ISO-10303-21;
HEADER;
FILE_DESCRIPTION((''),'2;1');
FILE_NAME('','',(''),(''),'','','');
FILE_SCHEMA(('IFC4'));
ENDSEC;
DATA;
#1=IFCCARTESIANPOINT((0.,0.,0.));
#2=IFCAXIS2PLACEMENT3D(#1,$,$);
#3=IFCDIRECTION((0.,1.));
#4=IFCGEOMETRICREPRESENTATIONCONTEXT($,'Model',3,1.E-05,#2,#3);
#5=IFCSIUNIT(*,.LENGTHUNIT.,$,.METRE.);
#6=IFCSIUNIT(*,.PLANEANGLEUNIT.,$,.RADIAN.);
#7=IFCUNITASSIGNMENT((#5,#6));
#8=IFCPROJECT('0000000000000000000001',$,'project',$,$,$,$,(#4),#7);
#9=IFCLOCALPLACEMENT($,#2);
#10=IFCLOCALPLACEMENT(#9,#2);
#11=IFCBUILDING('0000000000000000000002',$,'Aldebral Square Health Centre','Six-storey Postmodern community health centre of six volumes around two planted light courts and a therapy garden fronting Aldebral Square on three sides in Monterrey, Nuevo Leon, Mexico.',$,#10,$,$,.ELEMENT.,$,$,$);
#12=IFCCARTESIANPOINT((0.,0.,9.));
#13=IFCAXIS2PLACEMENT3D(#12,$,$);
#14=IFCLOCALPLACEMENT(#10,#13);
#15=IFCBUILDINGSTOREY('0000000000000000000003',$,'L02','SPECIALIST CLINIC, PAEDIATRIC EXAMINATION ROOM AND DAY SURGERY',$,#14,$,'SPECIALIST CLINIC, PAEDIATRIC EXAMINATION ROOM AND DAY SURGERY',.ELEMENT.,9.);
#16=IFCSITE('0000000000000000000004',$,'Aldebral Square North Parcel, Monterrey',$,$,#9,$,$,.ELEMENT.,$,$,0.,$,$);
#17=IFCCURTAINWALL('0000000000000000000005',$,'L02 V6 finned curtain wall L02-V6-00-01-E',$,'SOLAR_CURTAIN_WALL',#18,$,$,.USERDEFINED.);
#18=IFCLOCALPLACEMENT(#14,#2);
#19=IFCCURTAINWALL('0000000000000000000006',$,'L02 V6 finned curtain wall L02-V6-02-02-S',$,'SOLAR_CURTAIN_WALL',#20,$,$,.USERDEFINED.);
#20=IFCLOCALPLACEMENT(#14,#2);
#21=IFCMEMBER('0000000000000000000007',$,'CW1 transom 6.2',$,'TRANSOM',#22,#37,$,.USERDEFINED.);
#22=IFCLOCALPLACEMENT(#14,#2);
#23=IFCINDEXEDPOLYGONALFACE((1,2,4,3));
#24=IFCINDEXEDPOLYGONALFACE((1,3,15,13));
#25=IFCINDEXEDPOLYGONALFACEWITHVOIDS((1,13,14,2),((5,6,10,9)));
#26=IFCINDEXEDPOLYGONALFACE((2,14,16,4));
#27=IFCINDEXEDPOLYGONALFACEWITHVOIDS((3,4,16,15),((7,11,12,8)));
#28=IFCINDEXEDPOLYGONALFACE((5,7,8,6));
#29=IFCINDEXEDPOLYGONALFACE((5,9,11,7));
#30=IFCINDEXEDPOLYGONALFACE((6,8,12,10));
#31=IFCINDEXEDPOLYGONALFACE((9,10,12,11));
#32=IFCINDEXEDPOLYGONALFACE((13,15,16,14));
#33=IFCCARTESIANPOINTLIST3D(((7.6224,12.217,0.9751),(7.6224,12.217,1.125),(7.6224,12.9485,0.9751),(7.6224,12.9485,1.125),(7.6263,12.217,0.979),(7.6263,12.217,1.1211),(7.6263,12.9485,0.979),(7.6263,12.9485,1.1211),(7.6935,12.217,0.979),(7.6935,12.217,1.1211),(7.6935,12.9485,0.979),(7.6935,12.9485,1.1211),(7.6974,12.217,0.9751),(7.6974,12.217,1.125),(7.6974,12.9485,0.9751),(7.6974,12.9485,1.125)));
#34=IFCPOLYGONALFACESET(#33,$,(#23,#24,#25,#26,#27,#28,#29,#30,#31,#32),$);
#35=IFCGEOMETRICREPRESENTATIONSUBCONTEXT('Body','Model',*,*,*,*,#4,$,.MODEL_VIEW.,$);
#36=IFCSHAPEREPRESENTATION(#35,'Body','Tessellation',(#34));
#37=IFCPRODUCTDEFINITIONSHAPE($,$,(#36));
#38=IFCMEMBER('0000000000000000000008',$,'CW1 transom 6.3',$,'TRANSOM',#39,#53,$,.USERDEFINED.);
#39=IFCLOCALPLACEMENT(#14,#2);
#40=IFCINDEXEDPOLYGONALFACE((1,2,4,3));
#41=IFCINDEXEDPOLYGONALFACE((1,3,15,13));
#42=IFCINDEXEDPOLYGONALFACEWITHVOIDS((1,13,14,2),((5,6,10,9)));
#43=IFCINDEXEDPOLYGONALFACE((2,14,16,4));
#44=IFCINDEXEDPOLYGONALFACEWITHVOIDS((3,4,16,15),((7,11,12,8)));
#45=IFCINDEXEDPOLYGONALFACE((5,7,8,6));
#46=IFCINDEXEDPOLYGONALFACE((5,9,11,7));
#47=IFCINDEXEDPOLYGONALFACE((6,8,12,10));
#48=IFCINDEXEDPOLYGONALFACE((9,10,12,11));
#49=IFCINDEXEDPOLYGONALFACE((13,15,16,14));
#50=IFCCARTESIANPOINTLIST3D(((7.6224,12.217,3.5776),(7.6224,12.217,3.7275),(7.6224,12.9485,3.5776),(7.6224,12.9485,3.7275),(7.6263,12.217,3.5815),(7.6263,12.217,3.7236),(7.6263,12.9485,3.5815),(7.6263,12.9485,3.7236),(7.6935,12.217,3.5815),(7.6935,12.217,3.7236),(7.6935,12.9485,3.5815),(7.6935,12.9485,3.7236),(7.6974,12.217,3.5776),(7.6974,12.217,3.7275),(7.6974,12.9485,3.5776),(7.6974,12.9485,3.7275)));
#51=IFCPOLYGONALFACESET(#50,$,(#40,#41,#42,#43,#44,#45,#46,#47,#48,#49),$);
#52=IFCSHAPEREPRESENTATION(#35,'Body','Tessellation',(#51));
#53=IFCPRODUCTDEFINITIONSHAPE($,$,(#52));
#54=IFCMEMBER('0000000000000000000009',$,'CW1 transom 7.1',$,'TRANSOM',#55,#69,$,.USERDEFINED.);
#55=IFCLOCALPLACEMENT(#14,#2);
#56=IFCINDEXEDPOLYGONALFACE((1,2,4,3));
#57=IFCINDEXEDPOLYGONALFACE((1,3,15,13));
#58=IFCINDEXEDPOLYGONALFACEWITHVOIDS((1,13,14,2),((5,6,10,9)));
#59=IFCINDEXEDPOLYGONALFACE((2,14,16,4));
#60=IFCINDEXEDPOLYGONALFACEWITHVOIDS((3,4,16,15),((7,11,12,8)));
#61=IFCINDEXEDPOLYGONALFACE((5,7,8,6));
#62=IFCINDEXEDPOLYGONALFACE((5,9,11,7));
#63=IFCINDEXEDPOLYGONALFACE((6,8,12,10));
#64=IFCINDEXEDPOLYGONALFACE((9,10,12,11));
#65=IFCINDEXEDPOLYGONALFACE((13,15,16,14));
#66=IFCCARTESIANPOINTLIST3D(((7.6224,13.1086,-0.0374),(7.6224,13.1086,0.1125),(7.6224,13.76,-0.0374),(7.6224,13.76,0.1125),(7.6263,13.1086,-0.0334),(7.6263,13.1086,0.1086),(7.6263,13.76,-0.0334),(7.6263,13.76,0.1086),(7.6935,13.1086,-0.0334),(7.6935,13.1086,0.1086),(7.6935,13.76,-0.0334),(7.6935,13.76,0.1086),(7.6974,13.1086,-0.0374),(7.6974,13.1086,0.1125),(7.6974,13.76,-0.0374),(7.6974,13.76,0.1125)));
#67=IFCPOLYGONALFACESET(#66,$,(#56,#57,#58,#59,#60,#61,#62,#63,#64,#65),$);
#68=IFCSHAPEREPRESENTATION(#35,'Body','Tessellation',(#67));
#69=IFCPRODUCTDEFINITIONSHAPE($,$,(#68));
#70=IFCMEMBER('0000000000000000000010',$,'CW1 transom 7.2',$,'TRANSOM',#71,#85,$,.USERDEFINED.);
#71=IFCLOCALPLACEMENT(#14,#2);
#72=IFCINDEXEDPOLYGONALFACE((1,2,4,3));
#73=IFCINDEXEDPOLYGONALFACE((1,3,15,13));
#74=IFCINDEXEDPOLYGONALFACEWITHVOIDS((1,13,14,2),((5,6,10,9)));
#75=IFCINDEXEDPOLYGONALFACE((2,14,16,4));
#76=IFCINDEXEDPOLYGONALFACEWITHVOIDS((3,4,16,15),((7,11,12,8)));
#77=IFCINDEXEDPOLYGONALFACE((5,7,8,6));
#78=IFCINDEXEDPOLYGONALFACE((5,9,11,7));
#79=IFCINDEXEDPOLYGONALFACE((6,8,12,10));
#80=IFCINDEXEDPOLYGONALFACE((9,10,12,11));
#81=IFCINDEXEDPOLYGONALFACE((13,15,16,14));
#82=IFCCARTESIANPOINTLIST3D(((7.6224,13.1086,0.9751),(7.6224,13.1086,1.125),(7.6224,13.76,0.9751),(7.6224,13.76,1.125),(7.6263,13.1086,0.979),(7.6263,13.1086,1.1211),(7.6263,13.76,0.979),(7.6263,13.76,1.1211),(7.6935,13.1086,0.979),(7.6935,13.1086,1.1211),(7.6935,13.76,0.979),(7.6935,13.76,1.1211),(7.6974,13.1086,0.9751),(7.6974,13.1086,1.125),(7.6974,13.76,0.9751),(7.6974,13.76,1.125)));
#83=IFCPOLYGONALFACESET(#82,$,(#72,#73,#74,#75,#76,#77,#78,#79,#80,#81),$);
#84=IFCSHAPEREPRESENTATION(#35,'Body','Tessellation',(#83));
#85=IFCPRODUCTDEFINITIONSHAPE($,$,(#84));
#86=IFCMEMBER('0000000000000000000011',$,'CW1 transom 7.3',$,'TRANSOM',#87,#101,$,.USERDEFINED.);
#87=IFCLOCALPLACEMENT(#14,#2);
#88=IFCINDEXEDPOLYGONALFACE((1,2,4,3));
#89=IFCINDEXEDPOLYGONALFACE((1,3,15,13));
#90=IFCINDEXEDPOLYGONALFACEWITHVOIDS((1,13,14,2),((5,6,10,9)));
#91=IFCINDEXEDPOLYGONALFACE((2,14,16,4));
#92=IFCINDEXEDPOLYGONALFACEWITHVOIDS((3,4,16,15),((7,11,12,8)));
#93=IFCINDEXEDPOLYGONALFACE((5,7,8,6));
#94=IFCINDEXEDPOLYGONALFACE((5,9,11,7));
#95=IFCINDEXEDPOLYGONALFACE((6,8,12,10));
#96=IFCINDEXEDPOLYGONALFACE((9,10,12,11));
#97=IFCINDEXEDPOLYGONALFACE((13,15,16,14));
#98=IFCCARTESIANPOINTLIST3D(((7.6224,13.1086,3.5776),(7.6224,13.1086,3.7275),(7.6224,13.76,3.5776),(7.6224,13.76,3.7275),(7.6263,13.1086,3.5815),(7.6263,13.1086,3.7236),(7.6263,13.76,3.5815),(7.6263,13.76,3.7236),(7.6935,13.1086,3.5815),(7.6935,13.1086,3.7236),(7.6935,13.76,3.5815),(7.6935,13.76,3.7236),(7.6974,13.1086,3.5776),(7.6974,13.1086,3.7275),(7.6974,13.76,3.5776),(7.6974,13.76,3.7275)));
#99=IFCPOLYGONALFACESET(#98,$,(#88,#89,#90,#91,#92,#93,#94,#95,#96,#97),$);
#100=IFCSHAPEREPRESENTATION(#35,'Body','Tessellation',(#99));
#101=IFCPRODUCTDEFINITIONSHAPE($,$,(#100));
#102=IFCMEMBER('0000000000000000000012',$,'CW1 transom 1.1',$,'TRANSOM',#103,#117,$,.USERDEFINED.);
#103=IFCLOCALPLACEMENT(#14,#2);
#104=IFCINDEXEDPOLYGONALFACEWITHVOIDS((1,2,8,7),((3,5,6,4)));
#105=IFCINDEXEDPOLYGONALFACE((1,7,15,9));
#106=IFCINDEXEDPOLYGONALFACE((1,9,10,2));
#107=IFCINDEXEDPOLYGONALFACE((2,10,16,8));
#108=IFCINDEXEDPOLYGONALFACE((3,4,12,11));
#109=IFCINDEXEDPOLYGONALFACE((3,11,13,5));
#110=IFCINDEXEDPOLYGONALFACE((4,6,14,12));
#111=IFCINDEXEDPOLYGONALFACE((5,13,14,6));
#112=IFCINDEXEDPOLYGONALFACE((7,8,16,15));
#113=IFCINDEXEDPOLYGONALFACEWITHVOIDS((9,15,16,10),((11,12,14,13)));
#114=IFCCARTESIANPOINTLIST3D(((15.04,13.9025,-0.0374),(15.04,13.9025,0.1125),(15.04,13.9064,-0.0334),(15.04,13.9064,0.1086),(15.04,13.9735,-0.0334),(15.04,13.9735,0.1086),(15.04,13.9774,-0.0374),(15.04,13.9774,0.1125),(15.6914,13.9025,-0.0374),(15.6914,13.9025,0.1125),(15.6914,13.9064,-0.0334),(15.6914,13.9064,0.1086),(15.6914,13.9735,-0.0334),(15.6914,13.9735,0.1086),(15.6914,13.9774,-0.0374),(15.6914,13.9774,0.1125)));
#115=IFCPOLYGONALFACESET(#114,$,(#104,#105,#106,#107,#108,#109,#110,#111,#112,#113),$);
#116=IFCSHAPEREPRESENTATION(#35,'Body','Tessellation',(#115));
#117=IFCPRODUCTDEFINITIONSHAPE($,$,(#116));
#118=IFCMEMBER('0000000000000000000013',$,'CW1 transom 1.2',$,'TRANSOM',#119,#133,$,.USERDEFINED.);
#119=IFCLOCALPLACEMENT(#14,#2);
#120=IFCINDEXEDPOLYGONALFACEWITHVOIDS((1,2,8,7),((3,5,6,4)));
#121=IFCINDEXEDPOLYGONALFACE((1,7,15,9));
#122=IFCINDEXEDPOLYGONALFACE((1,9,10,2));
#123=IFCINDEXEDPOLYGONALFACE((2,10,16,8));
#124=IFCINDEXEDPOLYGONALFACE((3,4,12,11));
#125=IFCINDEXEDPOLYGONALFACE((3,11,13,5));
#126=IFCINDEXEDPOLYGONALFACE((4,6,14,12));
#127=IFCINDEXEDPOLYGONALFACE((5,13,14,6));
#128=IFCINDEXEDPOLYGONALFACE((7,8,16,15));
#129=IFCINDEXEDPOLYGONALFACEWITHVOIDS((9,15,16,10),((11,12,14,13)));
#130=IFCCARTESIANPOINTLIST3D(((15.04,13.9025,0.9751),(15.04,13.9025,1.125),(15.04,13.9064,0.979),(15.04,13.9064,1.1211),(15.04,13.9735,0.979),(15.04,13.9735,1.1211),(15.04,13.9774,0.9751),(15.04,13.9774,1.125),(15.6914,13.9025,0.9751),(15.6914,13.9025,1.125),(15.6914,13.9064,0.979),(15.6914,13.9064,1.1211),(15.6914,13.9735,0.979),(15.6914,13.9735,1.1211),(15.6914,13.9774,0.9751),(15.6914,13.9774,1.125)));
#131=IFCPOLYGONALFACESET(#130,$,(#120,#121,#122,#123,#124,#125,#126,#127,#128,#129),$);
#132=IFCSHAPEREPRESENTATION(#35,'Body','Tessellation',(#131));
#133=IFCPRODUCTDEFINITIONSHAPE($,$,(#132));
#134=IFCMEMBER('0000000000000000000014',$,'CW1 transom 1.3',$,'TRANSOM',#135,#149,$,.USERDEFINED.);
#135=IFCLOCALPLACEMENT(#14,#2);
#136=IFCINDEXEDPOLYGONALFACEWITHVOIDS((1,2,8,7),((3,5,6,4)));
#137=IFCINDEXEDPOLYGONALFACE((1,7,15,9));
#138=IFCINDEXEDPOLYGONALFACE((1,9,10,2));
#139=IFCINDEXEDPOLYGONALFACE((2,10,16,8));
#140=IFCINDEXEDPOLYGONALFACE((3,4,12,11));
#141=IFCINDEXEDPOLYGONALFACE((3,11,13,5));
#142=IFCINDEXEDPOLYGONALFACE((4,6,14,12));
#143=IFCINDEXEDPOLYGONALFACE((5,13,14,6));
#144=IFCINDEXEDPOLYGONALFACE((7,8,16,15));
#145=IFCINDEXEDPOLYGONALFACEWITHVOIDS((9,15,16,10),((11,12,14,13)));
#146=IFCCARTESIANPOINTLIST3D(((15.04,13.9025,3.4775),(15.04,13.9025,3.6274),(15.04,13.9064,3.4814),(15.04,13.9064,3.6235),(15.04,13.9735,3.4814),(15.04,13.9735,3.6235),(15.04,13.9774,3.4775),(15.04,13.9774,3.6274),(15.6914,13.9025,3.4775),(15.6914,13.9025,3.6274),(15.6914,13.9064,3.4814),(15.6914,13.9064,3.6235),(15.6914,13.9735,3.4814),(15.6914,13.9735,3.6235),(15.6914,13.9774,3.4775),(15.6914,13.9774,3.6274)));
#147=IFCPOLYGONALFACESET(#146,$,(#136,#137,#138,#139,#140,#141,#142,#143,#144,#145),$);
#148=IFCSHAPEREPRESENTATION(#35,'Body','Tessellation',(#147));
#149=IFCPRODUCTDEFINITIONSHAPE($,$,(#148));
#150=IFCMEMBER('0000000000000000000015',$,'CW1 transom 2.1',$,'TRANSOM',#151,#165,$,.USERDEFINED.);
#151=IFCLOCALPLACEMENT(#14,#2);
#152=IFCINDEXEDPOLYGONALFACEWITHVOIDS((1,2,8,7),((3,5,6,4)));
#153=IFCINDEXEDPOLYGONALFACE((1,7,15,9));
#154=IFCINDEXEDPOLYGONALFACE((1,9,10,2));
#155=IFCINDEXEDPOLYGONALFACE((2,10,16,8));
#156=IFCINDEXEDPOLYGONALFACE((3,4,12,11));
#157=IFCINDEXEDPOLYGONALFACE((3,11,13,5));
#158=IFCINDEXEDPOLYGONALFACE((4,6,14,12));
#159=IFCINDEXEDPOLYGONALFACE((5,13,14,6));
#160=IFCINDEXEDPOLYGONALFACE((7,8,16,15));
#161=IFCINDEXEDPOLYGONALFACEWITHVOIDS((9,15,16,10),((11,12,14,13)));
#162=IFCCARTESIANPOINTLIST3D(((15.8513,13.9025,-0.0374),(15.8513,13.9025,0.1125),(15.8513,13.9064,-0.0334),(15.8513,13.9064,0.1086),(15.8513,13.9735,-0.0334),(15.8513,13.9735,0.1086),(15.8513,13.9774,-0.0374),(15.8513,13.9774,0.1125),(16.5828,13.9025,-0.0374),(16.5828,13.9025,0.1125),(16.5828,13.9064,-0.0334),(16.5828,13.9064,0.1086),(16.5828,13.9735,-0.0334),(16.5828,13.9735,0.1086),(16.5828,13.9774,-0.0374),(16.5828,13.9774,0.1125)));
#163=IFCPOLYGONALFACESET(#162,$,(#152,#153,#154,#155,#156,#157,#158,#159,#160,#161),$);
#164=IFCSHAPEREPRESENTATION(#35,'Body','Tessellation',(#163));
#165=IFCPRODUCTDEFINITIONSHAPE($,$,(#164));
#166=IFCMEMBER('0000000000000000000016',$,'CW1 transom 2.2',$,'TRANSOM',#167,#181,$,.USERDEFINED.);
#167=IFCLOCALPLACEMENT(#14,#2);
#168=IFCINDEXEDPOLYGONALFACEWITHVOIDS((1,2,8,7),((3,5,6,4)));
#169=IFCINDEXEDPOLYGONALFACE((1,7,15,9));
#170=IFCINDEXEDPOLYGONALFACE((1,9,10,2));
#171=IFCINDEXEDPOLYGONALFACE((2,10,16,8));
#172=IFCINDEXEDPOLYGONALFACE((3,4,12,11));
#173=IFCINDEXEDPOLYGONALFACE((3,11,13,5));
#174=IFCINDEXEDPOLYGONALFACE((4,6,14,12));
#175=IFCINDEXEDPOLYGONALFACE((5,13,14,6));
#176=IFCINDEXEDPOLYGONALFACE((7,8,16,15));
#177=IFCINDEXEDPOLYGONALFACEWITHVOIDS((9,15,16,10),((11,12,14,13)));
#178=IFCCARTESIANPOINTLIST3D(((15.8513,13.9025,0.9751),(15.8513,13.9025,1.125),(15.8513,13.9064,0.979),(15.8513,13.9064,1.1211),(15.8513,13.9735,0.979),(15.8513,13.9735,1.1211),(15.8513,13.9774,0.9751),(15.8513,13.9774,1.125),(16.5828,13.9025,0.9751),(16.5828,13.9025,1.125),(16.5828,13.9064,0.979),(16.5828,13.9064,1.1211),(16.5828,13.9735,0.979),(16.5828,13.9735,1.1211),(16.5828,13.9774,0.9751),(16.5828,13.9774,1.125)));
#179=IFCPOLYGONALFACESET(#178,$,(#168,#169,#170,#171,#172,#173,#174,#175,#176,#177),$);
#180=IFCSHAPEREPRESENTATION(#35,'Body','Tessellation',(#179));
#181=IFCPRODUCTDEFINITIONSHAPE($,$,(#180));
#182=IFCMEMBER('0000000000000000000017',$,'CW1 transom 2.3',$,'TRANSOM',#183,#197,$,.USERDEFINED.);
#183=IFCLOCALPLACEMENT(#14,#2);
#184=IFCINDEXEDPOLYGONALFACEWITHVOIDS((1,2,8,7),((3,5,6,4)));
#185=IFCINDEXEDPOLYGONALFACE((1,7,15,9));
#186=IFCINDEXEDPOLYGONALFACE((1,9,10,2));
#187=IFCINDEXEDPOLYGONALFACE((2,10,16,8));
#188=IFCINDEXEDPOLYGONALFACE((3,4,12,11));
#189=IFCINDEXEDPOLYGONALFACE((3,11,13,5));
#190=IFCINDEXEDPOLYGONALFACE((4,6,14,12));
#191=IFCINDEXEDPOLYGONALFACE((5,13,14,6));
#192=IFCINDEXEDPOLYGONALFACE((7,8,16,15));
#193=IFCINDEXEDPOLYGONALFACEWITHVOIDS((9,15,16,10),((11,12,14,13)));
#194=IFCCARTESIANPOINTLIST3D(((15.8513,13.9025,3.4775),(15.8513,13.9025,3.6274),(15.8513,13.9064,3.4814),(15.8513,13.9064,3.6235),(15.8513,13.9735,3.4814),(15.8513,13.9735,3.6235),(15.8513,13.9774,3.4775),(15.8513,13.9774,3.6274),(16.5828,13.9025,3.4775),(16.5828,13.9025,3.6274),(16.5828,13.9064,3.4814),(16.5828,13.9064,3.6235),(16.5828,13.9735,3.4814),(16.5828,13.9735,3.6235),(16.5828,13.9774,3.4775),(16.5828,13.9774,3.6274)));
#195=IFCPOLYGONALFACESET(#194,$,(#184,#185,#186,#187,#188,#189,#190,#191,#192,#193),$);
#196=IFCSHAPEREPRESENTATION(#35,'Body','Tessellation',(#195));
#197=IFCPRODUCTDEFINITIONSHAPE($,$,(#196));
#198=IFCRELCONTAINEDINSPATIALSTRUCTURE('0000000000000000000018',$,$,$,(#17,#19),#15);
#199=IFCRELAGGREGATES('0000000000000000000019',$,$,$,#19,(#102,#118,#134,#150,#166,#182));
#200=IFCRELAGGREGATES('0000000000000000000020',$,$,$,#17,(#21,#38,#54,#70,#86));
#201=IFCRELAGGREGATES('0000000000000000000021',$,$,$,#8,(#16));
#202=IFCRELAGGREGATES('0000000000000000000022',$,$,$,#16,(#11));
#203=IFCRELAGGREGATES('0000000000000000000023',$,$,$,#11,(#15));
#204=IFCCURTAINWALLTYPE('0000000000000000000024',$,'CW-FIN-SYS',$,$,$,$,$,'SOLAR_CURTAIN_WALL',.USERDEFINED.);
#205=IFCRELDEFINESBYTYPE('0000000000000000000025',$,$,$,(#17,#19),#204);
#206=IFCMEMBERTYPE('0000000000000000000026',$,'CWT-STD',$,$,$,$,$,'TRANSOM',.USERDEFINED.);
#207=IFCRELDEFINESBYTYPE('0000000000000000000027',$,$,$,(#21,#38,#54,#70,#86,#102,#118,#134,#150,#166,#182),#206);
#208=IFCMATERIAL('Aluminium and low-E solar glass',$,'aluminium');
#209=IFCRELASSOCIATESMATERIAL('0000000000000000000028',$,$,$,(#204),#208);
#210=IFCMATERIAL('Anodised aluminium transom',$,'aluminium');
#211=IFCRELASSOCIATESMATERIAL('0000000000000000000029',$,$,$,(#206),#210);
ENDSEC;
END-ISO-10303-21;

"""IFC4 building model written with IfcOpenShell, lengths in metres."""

from ifc_helpers import new_model, si_unit, direction, frame, origin, origin_2d, place, context, subcontext, project, spatial, hollow_rectangle, extrude, material, material_profile, profile_set, type_object, element, aggregate, save


model = new_model("IFC4")

# Units and contexts
model_context = context("Model", 3, precision=1e-05, world=origin(), true_north=direction((0.0, 1.0)))
body_context = subcontext(model_context, "Body", "Model", "MODEL_VIEW")
ifc_project = project(units=[si_unit("LENGTHUNIT", "METRE"), si_unit("PLANEANGLEUNIT", "RADIAN")], contexts=[model_context])

# Site, building, storey
site_placement = place(None, origin())
site = spatial("IfcSite", under=ifc_project, at=site_placement, Name="Aldebral Square North Parcel, Monterrey", CompositionType="ELEMENT", RefElevation=0.0)
building_placement = place(site_placement, origin())
building = spatial("IfcBuilding", under=site, at=building_placement, Name="Aldebral Square Health Centre", Description="Six-storey Postmodern community health centre of six volumes around two planted light courts and a therapy garden fronting Aldebral Square on three sides in Monterrey, Nuevo Leon, Mexico.", CompositionType="ELEMENT")
storey_placement = place(building_placement, frame((0.0, 0.0, 9.0)))
storey = spatial("IfcBuildingStorey", under=building, at=storey_placement, Name="L02", Description="SPECIALIST CLINIC, PAEDIATRIC EXAMINATION ROOM AND DAY SURGERY", LongName="SPECIALIST CLINIC, PAEDIATRIC EXAMINATION ROOM AND DAY SURGERY", CompositionType="ELEMENT", Elevation=9.0)

# Curtain walls
ifc_material_1 = material(Name="Aluminium and low-E solar glass", Category="aluminium")
curtain_wall_type = type_object("IfcCurtainWallType", Name="CW-FIN-SYS", ElementType="SOLAR_CURTAIN_WALL", PredefinedType="USERDEFINED", material=ifc_material_1)
curtain_wall_1_placement = place(storey_placement, origin())
curtain_wall_1 = element("IfcCurtainWall", 1, at=curtain_wall_1_placement, inside=storey, type_object=curtain_wall_type, Name="L02 V6 finned curtain wall L02-V6-00-01-E", ObjectType="SOLAR_CURTAIN_WALL", PredefinedType="USERDEFINED")
curtain_wall_2_placement = place(storey_placement, origin())
curtain_wall_2 = element("IfcCurtainWall", 2, at=curtain_wall_2_placement, inside=storey, type_object=curtain_wall_type, Name="L02 V6 finned curtain wall L02-V6-02-02-S", ObjectType="SOLAR_CURTAIN_WALL", PredefinedType="USERDEFINED")

# Members
ifc_material_2 = material(Name="Anodised aluminium transom", Category="aluminium")
ifc_material_profile_1 = material_profile(ifc_material_2, hollow_rectangle(XDim=0.075, YDim=0.1499, WallThickness=0.0039, at=origin_2d()), Name="CWT 75x150x4")
ifc_profile_set_1 = profile_set([ifc_material_profile_1], Name="Anodised aluminium transom")
member_type_1 = type_object("IfcMemberType", Name="CWT-STD", ElementType="TRANSOM", PredefinedType="USERDEFINED", material=ifc_profile_set_1)
member_1_placement = place(storey_placement, frame((7.6599, 12.217, 1.05), z_axis=(0.0, 1.0, 0.0), x_axis=(-1.0, 0.0, 0.0)))
member_1 = element("IfcMember", 3, at=member_1_placement, type_object=member_type_1, Name="CW1 transom 6.2", ObjectType="TRANSOM", PredefinedType="USERDEFINED", context=body_context, shape_type="SweptSolid", body=[
    extrude(hollow_rectangle(XDim=0.075, YDim=0.1499, WallThickness=0.0039, at=origin_2d()), origin(), (0.0, 0.0, 1.0), 0.7314),
])
member_2_placement = place(storey_placement, frame((7.6599, 12.217, 3.6526), z_axis=(0.0, 1.0, 0.0), x_axis=(-1.0, 0.0, 0.0)))
member_2 = element("IfcMember", 4, at=member_2_placement, type_object=member_type_1, Name="CW1 transom 6.3", ObjectType="TRANSOM", PredefinedType="USERDEFINED", context=body_context, shape_type="SweptSolid", body=[
    extrude(hollow_rectangle(XDim=0.075, YDim=0.1499, WallThickness=0.0039, at=origin_2d()), origin(), (0.0, 0.0, 1.0), 0.7314),
])
member_3_placement = place(storey_placement, frame((7.6599, 13.1086, 0.0376), z_axis=(0.0, 1.0, 0.0), x_axis=(-1.0, 0.0, 0.0)))
member_3 = element("IfcMember", 5, at=member_3_placement, type_object=member_type_1, Name="CW1 transom 7.1", ObjectType="TRANSOM", PredefinedType="USERDEFINED", context=body_context, shape_type="SweptSolid", body=[
    extrude(hollow_rectangle(XDim=0.075, YDim=0.1499, WallThickness=0.0039, at=origin_2d()), origin(), (0.0, 0.0, 1.0), 0.6514),
])
member_4_placement = place(storey_placement, frame((7.6599, 13.1086, 1.05), z_axis=(0.0, 1.0, 0.0), x_axis=(-1.0, 0.0, 0.0)))
member_4 = element("IfcMember", 6, at=member_4_placement, type_object=member_type_1, Name="CW1 transom 7.2", ObjectType="TRANSOM", PredefinedType="USERDEFINED", context=body_context, shape_type="SweptSolid", body=[
    extrude(hollow_rectangle(XDim=0.075, YDim=0.1499, WallThickness=0.0039, at=origin_2d()), origin(), (0.0, 0.0, 1.0), 0.6514),
])
member_5_placement = place(storey_placement, frame((7.6599, 13.1086, 3.6526), z_axis=(0.0, 1.0, 0.0), x_axis=(-1.0, 0.0, 0.0)))
member_5 = element("IfcMember", 7, at=member_5_placement, type_object=member_type_1, Name="CW1 transom 7.3", ObjectType="TRANSOM", PredefinedType="USERDEFINED", context=body_context, shape_type="SweptSolid", body=[
    extrude(hollow_rectangle(XDim=0.075, YDim=0.1499, WallThickness=0.0039, at=origin_2d()), origin(), (0.0, 0.0, 1.0), 0.6514),
])
member_6_placement = place(storey_placement, frame((15.04, 13.9399, 0.0376), z_axis=(1.0, 0.0, 0.0), x_axis=(0.0, 1.0, 0.0)))
member_6 = element("IfcMember", 8, at=member_6_placement, type_object=member_type_1, Name="CW1 transom 1.1", ObjectType="TRANSOM", PredefinedType="USERDEFINED", context=body_context, shape_type="SweptSolid", body=[
    extrude(hollow_rectangle(XDim=0.075, YDim=0.1499, WallThickness=0.0039, at=origin_2d()), origin(), (0.0, 0.0, 1.0), 0.6514),
])
member_7_placement = place(storey_placement, frame((15.04, 13.9399, 1.05), z_axis=(1.0, 0.0, 0.0), x_axis=(0.0, 1.0, 0.0)))
member_7 = element("IfcMember", 9, at=member_7_placement, type_object=member_type_1, Name="CW1 transom 1.2", ObjectType="TRANSOM", PredefinedType="USERDEFINED", context=body_context, shape_type="SweptSolid", body=[
    extrude(hollow_rectangle(XDim=0.075, YDim=0.1499, WallThickness=0.0039, at=origin_2d()), origin(), (0.0, 0.0, 1.0), 0.6514),
])
member_8_placement = place(storey_placement, frame((15.04, 13.9399, 3.5525), z_axis=(1.0, 0.0, 0.0), x_axis=(0.0, 1.0, 0.0)))
member_8 = element("IfcMember", 10, at=member_8_placement, type_object=member_type_1, Name="CW1 transom 1.3", ObjectType="TRANSOM", PredefinedType="USERDEFINED", context=body_context, shape_type="SweptSolid", body=[
    extrude(hollow_rectangle(XDim=0.075, YDim=0.1499, WallThickness=0.0039, at=origin_2d()), origin(), (0.0, 0.0, 1.0), 0.6514),
])
member_9_placement = place(storey_placement, frame((15.8513, 13.9399, 0.0376), z_axis=(1.0, 0.0, 0.0), x_axis=(0.0, 1.0, 0.0)))
member_9 = element("IfcMember", 11, at=member_9_placement, type_object=member_type_1, Name="CW1 transom 2.1", ObjectType="TRANSOM", PredefinedType="USERDEFINED", context=body_context, shape_type="SweptSolid", body=[
    extrude(hollow_rectangle(XDim=0.075, YDim=0.1499, WallThickness=0.0039, at=origin_2d()), origin(), (0.0, 0.0, 1.0), 0.7314),
])
member_10_placement = place(storey_placement, frame((15.8513, 13.9399, 1.05), z_axis=(1.0, 0.0, 0.0), x_axis=(0.0, 1.0, 0.0)))
member_10 = element("IfcMember", 12, at=member_10_placement, type_object=member_type_1, Name="CW1 transom 2.2", ObjectType="TRANSOM", PredefinedType="USERDEFINED", context=body_context, shape_type="SweptSolid", body=[
    extrude(hollow_rectangle(XDim=0.075, YDim=0.1499, WallThickness=0.0039, at=origin_2d()), origin(), (0.0, 0.0, 1.0), 0.7314),
])
member_11_placement = place(storey_placement, frame((15.8513, 13.9399, 3.5525), z_axis=(1.0, 0.0, 0.0), x_axis=(0.0, 1.0, 0.0)))
member_11 = element("IfcMember", 13, at=member_11_placement, type_object=member_type_1, Name="CW1 transom 2.3", ObjectType="TRANSOM", PredefinedType="USERDEFINED", context=body_context, shape_type="SweptSolid", body=[
    extrude(hollow_rectangle(XDim=0.075, YDim=0.1499, WallThickness=0.0039, at=origin_2d()), origin(), (0.0, 0.0, 1.0), 0.7314),
])

aggregate(curtain_wall_2, [member_6, member_7, member_8, member_9, member_10, member_11])
aggregate(curtain_wall_1, [member_1, member_2, member_3, member_4, member_5])

save(model, "model.ifc")
